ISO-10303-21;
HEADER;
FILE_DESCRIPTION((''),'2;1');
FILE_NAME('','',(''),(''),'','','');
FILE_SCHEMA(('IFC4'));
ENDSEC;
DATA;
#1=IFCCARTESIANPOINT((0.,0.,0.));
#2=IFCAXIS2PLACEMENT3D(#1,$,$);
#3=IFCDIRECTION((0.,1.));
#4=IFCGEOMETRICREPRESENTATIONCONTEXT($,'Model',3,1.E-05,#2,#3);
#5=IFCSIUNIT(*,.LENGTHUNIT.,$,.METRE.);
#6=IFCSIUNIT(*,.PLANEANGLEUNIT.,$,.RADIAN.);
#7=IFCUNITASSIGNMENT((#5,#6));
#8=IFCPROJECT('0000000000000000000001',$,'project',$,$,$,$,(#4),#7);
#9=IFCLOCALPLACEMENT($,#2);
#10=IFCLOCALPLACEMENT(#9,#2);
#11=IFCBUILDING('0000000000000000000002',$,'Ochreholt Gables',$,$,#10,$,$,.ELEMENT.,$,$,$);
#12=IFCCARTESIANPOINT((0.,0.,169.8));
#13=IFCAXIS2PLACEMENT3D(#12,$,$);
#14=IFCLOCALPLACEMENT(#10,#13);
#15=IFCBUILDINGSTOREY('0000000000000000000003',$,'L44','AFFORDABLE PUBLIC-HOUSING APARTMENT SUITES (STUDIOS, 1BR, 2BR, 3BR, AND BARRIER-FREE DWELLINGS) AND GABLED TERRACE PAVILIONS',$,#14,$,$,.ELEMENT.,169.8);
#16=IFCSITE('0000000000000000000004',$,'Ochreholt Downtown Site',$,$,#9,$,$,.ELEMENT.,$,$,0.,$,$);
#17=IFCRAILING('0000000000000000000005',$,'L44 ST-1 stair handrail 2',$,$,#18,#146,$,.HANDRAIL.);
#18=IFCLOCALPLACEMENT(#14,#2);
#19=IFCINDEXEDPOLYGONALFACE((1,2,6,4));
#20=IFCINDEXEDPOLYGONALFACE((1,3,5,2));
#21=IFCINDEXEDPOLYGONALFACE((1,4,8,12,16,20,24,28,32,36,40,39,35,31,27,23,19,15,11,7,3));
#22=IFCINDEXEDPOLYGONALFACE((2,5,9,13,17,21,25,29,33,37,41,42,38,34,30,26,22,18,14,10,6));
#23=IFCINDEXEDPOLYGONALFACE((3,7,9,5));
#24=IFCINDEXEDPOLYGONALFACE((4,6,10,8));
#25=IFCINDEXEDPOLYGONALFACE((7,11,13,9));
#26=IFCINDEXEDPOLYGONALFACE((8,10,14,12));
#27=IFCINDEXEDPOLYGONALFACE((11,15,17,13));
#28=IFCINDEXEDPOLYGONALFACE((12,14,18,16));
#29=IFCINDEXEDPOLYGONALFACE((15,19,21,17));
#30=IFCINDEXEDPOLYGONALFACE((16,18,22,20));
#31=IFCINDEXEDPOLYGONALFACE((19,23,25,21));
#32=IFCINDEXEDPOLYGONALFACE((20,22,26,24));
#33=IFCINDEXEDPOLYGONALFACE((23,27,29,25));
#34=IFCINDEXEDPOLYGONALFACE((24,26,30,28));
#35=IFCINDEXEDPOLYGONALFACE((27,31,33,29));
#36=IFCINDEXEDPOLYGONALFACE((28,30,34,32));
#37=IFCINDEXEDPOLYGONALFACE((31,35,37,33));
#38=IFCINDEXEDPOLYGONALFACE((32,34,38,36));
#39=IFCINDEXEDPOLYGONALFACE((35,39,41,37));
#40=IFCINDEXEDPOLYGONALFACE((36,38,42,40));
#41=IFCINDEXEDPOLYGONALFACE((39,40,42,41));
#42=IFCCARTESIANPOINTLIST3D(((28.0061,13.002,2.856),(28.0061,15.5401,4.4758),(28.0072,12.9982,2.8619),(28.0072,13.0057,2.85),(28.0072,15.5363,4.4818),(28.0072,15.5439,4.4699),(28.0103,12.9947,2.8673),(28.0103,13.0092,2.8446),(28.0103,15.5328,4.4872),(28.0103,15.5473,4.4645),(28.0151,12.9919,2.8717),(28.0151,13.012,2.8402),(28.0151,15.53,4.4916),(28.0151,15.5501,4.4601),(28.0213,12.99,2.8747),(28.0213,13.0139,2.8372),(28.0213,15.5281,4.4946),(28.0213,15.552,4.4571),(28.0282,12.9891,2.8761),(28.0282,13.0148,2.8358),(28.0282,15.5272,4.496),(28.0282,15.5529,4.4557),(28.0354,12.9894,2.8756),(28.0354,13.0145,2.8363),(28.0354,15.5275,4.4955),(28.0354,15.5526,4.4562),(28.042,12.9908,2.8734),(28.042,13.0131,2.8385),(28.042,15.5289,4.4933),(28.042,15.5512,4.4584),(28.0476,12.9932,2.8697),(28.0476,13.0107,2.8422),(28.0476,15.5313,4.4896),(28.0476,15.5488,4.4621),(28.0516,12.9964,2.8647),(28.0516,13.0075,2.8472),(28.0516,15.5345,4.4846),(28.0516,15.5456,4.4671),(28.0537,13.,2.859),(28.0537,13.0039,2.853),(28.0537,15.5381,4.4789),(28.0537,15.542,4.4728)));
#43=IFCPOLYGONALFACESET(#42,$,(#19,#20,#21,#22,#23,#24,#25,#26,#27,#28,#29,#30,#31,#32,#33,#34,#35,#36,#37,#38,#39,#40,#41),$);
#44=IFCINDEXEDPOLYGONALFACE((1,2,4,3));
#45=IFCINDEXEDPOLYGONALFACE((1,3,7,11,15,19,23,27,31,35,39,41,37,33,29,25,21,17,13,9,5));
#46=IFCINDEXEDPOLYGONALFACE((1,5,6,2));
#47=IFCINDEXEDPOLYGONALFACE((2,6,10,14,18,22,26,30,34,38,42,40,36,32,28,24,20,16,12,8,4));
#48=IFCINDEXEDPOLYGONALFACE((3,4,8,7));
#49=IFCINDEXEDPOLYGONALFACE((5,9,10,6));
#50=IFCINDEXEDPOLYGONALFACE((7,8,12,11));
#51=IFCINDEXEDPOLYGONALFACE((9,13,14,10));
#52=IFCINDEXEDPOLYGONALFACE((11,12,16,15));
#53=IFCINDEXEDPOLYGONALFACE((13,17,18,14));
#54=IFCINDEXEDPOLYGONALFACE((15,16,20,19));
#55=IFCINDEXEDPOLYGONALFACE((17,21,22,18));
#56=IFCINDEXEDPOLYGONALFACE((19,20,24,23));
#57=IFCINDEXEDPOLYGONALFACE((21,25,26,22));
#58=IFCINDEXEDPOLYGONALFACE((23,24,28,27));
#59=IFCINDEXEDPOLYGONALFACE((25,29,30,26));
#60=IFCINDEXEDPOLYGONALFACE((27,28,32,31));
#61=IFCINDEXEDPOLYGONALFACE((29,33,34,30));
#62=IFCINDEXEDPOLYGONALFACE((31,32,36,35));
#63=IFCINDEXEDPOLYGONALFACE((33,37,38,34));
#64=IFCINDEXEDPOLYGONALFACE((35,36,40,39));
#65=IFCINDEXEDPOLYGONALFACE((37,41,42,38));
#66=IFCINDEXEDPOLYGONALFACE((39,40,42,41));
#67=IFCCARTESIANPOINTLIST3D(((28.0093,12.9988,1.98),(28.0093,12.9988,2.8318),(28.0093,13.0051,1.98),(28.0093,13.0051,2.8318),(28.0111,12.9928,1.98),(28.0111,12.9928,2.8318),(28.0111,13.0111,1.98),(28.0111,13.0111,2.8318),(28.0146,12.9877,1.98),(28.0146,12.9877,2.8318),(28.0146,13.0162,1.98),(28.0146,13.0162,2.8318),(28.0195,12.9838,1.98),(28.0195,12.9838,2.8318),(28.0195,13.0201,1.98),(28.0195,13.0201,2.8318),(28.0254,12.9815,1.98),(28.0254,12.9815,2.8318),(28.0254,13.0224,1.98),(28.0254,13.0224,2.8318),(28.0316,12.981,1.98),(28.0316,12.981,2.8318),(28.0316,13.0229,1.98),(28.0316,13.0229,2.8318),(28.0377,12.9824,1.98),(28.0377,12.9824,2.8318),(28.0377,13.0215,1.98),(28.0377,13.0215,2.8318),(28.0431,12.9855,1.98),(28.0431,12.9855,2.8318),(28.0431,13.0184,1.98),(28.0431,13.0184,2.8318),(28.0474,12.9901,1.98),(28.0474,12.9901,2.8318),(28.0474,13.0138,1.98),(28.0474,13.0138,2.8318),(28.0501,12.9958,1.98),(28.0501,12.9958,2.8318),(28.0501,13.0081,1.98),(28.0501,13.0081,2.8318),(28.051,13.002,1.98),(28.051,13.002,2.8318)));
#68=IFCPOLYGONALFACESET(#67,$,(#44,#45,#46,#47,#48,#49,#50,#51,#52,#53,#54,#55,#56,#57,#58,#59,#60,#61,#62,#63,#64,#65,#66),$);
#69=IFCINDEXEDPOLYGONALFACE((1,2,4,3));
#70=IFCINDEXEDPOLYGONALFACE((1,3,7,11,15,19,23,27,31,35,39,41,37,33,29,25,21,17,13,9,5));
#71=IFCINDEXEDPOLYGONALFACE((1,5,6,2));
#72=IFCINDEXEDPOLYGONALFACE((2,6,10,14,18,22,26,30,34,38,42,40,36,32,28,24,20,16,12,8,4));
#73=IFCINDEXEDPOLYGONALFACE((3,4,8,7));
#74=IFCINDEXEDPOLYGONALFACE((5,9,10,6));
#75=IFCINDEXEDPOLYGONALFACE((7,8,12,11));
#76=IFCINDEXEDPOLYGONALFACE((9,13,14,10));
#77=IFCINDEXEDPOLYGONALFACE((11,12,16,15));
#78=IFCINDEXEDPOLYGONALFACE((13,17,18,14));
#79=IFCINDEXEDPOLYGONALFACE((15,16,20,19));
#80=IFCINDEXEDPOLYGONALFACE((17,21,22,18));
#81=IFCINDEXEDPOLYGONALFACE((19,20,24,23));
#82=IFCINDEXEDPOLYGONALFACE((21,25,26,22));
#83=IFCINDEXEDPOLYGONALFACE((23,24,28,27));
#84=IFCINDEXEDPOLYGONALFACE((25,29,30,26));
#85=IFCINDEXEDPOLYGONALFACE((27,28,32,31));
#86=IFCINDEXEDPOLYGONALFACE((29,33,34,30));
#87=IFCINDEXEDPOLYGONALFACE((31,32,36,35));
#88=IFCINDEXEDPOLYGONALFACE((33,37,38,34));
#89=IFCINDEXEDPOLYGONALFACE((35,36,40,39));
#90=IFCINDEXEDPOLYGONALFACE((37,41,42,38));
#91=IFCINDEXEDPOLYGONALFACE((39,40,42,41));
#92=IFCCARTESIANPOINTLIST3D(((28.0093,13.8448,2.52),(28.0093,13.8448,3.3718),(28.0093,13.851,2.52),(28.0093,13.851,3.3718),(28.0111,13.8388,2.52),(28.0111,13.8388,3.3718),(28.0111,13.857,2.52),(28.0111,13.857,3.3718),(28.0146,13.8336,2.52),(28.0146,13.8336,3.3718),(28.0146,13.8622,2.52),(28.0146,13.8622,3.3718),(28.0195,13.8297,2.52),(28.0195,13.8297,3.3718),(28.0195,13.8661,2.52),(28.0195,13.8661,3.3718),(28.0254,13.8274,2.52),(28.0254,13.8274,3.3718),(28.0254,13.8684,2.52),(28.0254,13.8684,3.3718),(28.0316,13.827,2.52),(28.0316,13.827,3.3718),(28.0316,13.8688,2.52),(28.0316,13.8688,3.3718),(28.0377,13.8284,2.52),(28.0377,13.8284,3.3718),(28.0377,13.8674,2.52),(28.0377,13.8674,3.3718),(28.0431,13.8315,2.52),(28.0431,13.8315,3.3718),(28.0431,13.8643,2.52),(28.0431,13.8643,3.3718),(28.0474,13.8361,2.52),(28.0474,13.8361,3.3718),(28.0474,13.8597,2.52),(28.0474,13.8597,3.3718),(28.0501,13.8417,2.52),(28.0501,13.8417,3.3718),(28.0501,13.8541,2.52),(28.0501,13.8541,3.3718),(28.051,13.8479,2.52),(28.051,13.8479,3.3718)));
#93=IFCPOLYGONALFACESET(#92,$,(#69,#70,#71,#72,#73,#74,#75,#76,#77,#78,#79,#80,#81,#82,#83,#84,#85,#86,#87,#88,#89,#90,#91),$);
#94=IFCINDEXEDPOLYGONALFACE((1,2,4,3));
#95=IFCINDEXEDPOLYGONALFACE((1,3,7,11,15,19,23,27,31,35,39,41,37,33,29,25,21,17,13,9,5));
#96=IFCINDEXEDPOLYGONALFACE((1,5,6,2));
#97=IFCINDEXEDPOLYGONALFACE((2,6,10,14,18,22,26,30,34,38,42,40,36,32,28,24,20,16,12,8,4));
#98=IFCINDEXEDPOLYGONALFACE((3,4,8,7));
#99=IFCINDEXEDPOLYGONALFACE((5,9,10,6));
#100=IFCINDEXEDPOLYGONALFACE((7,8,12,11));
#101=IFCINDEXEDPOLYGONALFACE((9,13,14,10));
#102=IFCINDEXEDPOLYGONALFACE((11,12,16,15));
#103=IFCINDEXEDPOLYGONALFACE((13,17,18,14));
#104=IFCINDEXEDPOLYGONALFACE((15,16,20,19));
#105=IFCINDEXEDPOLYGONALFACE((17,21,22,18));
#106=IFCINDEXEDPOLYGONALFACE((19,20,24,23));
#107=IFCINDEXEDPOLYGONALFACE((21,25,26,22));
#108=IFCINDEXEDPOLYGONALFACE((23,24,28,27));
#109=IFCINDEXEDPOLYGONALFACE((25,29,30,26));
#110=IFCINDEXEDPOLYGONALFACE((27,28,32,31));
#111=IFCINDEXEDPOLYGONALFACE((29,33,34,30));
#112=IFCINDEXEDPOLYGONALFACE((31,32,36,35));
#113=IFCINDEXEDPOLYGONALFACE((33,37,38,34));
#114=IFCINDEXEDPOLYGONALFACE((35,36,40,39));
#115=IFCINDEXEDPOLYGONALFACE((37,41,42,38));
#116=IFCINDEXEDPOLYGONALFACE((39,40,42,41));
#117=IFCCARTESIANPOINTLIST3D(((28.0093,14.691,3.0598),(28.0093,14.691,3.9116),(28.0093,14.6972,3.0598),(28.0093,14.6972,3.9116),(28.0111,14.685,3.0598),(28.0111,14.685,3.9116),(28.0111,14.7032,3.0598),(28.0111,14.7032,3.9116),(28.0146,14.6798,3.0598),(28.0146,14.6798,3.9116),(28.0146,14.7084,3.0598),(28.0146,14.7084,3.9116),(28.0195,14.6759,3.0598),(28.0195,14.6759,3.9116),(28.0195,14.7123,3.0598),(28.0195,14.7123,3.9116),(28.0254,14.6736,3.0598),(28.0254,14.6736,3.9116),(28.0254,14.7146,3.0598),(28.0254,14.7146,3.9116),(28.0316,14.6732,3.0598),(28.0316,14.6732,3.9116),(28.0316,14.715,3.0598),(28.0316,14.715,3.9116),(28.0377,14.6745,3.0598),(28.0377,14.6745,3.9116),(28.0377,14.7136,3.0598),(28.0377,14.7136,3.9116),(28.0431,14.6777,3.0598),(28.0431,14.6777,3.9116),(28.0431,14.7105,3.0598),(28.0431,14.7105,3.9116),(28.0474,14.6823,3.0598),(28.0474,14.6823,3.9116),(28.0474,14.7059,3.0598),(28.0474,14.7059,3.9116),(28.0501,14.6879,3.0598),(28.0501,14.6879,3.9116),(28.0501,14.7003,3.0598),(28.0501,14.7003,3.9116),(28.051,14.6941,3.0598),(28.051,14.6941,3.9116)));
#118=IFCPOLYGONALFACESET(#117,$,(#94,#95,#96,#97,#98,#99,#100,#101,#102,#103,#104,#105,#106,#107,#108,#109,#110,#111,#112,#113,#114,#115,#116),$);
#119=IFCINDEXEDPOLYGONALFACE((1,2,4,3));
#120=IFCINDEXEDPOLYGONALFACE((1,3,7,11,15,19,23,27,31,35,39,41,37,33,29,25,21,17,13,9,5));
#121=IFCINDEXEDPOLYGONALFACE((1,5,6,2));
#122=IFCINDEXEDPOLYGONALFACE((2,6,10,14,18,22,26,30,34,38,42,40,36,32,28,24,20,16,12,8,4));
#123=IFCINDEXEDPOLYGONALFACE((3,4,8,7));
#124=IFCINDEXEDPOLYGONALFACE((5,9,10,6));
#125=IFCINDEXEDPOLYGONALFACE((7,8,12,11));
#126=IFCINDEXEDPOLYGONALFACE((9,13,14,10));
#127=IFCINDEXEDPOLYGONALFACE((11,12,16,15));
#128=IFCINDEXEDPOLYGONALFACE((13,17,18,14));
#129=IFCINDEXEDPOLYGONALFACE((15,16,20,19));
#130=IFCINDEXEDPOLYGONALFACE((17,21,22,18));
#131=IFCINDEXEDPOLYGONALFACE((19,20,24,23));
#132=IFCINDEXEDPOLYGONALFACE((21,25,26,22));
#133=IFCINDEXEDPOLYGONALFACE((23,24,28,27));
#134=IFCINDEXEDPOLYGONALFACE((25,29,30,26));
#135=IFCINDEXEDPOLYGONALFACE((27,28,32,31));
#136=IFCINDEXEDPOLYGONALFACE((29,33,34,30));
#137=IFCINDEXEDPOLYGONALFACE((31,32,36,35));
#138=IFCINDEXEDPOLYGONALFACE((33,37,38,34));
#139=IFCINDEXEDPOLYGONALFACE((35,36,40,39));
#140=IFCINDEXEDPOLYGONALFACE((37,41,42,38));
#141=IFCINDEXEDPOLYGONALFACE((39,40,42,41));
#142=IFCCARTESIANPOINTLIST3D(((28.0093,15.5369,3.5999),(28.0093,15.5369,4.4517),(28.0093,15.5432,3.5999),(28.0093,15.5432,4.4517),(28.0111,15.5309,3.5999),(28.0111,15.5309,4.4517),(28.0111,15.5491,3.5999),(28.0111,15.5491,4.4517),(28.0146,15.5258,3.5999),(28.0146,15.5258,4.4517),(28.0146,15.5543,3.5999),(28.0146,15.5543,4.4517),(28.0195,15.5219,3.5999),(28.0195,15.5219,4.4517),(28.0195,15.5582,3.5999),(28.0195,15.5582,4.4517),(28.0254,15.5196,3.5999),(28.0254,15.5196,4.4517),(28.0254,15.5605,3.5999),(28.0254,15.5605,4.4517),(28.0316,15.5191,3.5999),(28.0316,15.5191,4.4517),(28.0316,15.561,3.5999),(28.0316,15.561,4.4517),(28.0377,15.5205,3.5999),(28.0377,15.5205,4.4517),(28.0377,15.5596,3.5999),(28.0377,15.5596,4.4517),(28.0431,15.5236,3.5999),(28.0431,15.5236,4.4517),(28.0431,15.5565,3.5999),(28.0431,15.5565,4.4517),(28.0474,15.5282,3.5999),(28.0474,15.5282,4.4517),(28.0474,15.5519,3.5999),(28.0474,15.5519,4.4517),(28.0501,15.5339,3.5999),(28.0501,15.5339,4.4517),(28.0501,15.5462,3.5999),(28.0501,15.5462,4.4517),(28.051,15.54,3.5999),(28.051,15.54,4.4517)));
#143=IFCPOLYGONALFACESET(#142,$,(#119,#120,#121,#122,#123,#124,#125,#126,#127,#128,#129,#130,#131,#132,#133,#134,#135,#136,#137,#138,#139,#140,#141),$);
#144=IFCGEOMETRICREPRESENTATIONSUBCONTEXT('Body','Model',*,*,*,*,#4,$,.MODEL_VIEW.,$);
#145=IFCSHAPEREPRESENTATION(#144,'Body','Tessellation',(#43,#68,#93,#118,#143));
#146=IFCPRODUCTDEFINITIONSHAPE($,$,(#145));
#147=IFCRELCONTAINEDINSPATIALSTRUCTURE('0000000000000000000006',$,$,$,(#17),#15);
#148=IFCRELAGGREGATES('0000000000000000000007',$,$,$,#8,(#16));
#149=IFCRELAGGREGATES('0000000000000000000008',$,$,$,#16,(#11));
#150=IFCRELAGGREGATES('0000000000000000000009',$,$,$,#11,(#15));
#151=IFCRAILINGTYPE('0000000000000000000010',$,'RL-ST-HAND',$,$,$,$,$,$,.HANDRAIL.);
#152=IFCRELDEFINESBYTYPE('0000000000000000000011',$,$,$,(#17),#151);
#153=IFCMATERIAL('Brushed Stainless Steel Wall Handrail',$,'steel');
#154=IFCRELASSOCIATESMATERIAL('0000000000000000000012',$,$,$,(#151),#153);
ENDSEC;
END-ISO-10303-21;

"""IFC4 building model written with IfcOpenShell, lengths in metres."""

from ifc_helpers import new_model, si_unit, direction, frame, origin, origin_2d, place, context, subcontext, project, spatial, circle, extrude, material, type_object, element, save


model = new_model("IFC4")

# Units and contexts
model_context = context("Model", 3, precision=1e-05, world=origin(), true_north=direction((0.0, 1.0)))
body_context = subcontext(model_context, "Body", "Model", "MODEL_VIEW")
ifc_project = project(units=[si_unit("LENGTHUNIT", "METRE"), si_unit("PLANEANGLEUNIT", "RADIAN")], contexts=[model_context])

# Site, building, storey
site_placement = place(None, origin())
site = spatial("IfcSite", under=ifc_project, at=site_placement, Name="Ochreholt Downtown Site", CompositionType="ELEMENT", RefElevation=0.0)
building_placement = place(site_placement, origin())
building = spatial("IfcBuilding", under=site, at=building_placement, Name="Ochreholt Gables", CompositionType="ELEMENT")
storey_placement = place(building_placement, frame((0.0, 0.0, 169.8)))
storey = spatial("IfcBuildingStorey", under=building, at=storey_placement, Name="L44", Description="AFFORDABLE PUBLIC-HOUSING APARTMENT SUITES (STUDIOS, 1BR, 2BR, 3BR, AND BARRIER-FREE DWELLINGS) AND GABLED TERRACE PAVILIONS", CompositionType="ELEMENT", Elevation=169.8)

# Railing
ifc_material_1 = material(Name="Brushed Stainless Steel Wall Handrail", Category="steel")
railing_type_1 = type_object("IfcRailingType", Name="RL-ST-HAND", PredefinedType="HANDRAIL", material=ifc_material_1)
railing_1_placement = place(storey_placement, frame((28.03, 13.002, 1.98)))
element("IfcRailing", 1, at=railing_1_placement, inside=storey, type_object=railing_type_1, Name="L44 ST-1 stair handrail 2", PredefinedType="HANDRAIL", context=body_context, shape_type="SweptSolid", body=[
    extrude(circle(Radius=0.0239, at=origin_2d()), frame((0.0, 0.0, 0.876), z_axis=(0.0, 0.84295, 0.537993), x_axis=(-1.0, 0.0, 0.0)), (0.0, 0.0, 1.0), 3.011),
    extrude(circle(Radius=0.021, at=origin_2d()), origin(), (0.0, 0.0, 1.0), 0.8518),
    extrude(circle(Radius=0.021, at=origin_2d()), frame((0.0, 0.8459, 0.54)), (0.0, 0.0, 1.0), 0.8518),
    extrude(circle(Radius=0.021, at=origin_2d()), frame((0.0, 1.6921, 1.0798)), (0.0, 0.0, 1.0), 0.8518),
    extrude(circle(Radius=0.021, at=origin_2d()), frame((0.0, 2.5381, 1.6199)), (0.0, 0.0, 1.0), 0.8518),
])

save(model, "model.ifc")
